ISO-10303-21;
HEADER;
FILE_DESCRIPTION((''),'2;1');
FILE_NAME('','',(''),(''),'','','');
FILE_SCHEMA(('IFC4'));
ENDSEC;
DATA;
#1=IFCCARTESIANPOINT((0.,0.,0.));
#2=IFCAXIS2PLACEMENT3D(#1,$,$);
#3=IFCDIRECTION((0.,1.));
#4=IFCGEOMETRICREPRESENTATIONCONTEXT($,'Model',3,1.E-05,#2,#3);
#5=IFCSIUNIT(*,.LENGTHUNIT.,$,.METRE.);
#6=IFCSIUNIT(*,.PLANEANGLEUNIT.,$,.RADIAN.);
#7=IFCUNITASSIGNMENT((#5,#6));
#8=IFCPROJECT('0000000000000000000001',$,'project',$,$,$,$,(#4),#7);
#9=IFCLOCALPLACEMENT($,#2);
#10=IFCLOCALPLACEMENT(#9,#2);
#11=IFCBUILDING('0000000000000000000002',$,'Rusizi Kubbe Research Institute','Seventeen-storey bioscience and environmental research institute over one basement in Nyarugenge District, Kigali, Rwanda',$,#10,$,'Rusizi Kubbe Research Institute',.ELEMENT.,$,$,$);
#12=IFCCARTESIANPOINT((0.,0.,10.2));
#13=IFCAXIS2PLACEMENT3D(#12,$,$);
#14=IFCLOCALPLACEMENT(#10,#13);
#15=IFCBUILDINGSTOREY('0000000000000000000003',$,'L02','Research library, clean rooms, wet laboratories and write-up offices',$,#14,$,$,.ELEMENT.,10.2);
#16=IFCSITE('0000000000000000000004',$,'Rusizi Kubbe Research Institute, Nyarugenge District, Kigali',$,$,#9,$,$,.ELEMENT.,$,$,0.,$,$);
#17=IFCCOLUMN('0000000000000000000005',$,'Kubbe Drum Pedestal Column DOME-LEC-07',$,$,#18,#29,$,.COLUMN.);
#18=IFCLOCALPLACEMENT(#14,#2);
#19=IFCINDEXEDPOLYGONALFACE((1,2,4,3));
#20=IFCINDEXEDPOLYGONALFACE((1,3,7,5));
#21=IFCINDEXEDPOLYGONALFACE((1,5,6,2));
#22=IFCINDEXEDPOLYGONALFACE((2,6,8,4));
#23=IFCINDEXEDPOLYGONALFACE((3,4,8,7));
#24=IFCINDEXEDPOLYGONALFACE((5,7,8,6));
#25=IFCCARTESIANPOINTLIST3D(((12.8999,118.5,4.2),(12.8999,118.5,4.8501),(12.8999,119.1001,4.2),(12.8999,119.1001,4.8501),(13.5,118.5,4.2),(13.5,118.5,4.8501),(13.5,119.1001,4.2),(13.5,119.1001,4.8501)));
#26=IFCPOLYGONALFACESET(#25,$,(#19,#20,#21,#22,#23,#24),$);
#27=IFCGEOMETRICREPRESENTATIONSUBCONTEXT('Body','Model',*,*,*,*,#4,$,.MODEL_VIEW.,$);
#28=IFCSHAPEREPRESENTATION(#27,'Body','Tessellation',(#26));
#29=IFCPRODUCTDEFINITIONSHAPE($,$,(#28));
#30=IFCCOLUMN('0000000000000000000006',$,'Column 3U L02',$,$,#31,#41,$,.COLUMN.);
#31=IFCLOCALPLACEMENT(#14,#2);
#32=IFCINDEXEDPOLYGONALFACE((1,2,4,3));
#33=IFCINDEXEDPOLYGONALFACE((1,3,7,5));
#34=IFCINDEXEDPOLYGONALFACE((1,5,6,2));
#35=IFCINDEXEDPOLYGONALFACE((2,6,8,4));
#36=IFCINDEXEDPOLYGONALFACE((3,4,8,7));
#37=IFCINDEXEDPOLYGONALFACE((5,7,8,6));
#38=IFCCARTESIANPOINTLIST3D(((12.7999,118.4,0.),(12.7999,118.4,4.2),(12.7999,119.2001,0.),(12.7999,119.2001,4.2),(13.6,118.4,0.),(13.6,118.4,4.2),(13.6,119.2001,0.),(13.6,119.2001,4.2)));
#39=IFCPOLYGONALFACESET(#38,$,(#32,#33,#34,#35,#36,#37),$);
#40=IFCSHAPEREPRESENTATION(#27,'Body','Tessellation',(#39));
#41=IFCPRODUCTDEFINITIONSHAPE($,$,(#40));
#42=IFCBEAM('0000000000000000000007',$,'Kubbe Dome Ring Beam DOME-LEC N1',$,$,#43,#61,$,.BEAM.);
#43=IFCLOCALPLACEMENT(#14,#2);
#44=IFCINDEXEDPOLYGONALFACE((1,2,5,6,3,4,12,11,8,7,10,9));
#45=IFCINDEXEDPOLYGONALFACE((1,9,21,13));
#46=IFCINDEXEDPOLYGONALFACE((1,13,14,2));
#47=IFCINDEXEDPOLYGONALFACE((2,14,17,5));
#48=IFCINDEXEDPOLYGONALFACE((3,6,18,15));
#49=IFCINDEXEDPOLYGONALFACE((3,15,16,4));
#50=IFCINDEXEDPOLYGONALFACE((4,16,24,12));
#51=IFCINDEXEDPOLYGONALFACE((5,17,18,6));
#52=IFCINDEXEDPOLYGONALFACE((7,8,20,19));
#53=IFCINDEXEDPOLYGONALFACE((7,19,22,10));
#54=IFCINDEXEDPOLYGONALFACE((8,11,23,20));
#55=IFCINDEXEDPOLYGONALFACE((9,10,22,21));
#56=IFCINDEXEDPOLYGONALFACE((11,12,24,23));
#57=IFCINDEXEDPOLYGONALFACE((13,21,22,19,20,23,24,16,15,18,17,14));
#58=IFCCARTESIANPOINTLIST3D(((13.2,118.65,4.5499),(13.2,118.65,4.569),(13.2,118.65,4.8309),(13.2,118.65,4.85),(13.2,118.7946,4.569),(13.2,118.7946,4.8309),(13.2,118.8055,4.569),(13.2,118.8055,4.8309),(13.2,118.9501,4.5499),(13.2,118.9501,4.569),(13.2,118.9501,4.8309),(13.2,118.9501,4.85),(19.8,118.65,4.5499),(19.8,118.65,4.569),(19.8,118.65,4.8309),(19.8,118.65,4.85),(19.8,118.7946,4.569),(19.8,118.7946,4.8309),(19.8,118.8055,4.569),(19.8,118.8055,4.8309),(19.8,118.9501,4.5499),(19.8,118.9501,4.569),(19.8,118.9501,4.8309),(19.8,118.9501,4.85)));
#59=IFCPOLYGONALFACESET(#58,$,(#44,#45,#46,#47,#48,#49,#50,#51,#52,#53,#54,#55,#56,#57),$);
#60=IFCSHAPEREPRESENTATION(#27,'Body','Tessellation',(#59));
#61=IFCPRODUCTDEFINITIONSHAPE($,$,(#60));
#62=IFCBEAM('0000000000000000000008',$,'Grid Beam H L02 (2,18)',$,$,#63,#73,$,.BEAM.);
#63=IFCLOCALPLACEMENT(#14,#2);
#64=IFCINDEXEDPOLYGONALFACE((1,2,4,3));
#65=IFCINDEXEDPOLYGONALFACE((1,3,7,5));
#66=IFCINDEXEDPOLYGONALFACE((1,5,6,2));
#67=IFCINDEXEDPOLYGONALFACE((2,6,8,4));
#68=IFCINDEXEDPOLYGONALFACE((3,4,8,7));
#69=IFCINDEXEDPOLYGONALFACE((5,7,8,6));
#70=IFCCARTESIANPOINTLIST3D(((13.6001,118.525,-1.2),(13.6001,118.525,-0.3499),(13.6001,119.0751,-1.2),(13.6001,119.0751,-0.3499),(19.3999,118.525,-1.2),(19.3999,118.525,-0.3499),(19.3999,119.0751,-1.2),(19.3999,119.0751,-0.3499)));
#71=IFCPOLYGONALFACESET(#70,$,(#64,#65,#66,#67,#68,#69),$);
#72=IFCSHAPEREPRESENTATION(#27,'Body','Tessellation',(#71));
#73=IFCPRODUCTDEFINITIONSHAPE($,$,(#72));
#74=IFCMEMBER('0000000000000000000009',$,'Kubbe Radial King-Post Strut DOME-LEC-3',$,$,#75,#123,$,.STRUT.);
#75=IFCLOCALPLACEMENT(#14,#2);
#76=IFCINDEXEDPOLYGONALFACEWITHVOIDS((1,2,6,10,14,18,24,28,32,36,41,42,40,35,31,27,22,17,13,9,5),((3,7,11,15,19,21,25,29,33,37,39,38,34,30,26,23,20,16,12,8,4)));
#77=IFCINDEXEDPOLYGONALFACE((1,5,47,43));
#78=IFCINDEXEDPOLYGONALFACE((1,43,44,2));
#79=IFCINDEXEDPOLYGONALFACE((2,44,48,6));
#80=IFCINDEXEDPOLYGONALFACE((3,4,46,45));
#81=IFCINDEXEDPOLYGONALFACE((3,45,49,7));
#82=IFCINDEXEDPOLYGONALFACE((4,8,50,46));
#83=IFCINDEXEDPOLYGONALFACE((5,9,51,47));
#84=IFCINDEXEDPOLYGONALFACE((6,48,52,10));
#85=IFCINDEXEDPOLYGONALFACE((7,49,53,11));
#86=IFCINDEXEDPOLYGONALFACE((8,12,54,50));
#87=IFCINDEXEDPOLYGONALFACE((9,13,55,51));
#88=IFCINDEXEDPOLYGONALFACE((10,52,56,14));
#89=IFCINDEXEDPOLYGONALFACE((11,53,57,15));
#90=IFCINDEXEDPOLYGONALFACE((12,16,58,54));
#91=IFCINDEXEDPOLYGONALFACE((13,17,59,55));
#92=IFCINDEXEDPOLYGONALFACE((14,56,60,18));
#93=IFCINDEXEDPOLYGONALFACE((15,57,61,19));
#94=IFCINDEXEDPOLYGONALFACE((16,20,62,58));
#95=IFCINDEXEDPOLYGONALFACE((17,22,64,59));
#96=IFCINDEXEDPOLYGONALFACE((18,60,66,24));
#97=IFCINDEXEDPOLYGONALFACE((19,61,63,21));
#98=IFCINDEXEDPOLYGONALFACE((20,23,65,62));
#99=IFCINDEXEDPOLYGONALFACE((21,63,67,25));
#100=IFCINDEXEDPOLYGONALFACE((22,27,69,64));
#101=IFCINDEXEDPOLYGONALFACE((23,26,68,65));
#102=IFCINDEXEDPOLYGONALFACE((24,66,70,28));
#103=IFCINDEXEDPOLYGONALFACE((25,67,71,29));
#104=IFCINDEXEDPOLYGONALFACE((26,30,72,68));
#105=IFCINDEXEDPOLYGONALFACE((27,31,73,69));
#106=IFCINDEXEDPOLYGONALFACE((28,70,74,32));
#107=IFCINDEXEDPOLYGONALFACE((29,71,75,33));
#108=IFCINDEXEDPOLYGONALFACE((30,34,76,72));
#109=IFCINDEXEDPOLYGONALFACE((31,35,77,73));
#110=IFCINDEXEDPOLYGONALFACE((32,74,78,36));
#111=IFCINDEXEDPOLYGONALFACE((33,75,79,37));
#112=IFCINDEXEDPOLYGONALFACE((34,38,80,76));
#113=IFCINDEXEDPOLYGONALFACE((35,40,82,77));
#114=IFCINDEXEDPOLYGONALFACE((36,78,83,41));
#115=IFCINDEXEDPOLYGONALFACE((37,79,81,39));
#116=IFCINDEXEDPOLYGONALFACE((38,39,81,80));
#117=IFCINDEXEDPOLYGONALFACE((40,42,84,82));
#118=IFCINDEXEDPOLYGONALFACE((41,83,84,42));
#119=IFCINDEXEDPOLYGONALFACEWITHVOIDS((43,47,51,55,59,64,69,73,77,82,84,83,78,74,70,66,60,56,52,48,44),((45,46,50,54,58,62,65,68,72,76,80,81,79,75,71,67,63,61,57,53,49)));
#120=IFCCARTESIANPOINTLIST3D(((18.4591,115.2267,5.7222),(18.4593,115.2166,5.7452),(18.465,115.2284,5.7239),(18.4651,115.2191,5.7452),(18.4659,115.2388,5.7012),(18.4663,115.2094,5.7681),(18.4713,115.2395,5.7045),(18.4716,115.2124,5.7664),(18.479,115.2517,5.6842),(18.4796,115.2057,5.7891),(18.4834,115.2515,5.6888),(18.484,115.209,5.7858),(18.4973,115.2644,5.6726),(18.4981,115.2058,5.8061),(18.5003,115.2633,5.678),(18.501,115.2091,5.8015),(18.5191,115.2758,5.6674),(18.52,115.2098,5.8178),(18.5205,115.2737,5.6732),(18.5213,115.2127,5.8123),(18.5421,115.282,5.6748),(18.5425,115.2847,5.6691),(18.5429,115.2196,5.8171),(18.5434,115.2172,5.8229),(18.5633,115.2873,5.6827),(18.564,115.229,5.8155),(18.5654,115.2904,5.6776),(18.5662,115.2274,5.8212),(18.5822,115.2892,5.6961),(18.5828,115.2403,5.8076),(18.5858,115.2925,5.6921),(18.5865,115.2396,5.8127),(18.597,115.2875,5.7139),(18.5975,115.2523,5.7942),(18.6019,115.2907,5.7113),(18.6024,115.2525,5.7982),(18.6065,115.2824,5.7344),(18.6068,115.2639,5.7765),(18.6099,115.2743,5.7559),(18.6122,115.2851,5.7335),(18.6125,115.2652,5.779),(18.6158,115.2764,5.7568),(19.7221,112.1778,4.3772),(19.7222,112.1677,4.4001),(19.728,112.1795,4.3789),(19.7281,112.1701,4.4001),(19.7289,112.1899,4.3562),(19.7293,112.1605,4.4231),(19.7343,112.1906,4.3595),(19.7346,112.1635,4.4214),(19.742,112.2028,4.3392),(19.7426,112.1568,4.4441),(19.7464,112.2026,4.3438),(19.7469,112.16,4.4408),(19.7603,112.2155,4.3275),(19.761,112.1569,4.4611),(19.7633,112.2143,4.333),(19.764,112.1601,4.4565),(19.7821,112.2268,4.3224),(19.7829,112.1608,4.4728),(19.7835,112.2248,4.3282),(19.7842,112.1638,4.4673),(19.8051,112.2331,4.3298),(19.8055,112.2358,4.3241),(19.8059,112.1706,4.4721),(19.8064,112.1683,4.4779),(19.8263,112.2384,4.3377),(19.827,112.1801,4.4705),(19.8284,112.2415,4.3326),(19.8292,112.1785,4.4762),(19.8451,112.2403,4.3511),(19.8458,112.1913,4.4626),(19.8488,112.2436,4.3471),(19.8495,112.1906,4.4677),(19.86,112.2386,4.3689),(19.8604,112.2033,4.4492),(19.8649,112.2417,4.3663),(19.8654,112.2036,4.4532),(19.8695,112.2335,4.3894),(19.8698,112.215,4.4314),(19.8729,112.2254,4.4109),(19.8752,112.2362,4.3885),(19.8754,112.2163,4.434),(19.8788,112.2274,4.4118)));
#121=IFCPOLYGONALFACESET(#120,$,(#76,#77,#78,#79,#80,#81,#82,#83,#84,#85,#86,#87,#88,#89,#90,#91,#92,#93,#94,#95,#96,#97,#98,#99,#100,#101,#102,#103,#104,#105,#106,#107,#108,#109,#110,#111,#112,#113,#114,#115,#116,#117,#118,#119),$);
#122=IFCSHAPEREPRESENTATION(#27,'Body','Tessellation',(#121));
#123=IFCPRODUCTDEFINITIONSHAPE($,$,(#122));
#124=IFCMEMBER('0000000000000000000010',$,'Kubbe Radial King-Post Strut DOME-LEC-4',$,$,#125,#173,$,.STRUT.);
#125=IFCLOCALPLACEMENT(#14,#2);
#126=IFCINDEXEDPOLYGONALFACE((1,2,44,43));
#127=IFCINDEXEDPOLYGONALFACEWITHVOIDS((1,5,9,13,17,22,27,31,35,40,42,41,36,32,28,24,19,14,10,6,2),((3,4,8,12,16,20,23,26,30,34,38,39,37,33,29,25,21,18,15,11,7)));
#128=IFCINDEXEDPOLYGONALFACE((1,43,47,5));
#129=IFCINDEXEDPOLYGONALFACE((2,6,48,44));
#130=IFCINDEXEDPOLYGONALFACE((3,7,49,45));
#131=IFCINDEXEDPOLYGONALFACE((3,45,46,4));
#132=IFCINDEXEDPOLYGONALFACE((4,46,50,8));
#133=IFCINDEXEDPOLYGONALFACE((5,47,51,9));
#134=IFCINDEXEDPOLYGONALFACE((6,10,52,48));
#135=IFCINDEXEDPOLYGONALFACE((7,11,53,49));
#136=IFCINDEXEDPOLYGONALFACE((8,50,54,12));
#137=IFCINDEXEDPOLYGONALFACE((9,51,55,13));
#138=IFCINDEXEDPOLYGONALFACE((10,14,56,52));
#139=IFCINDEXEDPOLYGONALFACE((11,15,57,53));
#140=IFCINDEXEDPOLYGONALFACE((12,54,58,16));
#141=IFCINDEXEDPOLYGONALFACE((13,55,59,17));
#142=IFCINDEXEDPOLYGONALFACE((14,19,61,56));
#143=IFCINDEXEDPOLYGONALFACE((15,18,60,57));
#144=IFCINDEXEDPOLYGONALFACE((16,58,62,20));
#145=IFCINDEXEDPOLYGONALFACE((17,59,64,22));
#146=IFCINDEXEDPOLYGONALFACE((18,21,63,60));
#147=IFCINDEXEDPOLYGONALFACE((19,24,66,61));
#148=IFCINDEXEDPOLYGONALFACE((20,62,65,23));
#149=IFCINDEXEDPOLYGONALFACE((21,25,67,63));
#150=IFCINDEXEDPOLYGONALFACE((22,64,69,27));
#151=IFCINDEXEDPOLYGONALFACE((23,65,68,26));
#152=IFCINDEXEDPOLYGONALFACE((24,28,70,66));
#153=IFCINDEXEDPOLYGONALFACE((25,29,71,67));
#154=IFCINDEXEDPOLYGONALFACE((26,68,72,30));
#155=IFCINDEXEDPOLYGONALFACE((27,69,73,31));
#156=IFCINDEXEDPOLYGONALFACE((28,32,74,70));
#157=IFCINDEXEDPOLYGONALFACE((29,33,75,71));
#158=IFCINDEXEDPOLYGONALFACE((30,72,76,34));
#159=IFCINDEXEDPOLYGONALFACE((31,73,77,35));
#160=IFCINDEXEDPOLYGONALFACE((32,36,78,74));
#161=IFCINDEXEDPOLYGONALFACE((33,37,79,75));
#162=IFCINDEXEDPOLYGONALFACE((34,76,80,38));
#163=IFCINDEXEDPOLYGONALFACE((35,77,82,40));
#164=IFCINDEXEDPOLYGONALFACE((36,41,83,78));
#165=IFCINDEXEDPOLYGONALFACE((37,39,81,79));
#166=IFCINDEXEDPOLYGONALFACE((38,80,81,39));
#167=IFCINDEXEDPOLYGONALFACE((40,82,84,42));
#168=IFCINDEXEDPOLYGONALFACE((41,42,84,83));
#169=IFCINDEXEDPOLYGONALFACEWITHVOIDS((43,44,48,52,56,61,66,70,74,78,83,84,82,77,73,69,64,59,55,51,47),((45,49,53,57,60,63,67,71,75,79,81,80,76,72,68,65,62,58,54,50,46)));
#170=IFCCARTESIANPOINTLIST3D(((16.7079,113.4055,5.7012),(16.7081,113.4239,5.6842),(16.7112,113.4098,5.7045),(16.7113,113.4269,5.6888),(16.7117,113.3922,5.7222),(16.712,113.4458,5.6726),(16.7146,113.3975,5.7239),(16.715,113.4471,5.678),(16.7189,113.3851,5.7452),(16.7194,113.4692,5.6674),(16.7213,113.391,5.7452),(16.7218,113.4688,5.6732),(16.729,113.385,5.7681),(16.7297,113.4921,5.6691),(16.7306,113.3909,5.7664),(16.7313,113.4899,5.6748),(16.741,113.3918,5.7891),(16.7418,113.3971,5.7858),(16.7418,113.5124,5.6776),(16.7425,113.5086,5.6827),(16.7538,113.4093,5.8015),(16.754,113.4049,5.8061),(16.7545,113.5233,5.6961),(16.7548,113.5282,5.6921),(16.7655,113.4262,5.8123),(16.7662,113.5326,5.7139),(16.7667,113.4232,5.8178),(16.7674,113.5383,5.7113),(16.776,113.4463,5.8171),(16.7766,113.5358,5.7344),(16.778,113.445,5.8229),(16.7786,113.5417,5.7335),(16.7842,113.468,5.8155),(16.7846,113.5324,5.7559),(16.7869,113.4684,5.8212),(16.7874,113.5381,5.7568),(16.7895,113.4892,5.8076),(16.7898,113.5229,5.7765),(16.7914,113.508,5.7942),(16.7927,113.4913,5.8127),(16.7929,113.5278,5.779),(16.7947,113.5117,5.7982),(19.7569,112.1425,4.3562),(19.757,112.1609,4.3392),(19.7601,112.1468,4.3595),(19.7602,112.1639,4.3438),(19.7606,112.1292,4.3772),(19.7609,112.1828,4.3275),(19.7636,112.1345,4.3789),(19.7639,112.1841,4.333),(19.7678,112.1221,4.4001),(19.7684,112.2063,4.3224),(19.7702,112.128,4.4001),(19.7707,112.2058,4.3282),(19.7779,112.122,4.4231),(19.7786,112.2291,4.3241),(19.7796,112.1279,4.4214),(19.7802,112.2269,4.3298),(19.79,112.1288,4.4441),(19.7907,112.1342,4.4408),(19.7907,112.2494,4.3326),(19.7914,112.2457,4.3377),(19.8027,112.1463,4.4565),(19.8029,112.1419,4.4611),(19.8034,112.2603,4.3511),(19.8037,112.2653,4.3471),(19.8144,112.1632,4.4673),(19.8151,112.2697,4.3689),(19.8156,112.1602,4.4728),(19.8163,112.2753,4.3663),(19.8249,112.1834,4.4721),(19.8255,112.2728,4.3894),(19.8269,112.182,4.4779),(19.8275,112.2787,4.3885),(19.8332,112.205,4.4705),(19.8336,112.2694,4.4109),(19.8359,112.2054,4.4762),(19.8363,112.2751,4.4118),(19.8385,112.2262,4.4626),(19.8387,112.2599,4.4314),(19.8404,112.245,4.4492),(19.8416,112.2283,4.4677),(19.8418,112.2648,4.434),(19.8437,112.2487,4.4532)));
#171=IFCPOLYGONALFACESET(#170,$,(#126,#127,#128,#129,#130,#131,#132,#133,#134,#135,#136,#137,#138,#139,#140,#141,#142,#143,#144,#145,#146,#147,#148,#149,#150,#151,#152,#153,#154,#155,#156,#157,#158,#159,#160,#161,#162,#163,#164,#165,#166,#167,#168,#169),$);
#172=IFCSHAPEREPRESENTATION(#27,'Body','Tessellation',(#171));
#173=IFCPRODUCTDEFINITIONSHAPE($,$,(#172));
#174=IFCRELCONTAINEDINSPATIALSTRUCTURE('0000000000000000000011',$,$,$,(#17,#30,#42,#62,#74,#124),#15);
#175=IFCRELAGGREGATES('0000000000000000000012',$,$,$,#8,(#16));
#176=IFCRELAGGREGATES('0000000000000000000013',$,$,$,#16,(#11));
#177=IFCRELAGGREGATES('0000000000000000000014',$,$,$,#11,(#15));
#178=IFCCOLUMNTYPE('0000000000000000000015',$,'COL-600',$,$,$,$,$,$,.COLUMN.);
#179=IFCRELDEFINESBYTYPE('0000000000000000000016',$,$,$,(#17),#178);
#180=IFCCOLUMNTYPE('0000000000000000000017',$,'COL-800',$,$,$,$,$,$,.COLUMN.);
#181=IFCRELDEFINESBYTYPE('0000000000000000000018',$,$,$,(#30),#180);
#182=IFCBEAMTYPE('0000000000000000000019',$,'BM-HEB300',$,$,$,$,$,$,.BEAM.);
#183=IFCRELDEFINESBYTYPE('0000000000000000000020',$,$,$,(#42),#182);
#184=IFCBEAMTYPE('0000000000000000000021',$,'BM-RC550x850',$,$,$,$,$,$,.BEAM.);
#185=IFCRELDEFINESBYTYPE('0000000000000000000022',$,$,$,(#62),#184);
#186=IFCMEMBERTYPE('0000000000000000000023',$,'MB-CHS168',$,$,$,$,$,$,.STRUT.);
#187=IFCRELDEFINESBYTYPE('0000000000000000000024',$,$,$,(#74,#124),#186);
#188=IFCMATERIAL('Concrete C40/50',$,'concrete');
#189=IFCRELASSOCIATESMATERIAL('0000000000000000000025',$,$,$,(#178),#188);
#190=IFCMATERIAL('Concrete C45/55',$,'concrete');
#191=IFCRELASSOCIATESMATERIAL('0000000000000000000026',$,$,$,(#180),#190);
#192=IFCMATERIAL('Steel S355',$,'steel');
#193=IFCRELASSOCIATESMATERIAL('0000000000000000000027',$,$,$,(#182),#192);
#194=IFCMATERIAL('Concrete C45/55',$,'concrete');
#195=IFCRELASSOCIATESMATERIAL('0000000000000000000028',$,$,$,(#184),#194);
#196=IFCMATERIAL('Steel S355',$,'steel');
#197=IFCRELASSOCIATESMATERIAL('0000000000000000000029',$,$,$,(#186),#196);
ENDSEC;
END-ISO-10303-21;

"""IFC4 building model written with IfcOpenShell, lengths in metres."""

from ifc_helpers import new_model, si_unit, direction, frame, origin, origin_2d, place, context, subcontext, project, spatial, rectangle, hollow_circle, i_section, extrude, material, material_profile, profile_set, type_object, element, save


model = new_model("IFC4")

# Units and contexts
model_context = context("Model", 3, precision=1e-05, world=origin(), true_north=direction((0.0, 1.0)))
body_context = subcontext(model_context, "Body", "Model", "MODEL_VIEW")
ifc_project = project(units=[si_unit("LENGTHUNIT", "METRE"), si_unit("PLANEANGLEUNIT", "RADIAN")], contexts=[model_context])

# Site, building, storey
site_placement = place(None, origin())
site = spatial("IfcSite", under=ifc_project, at=site_placement, Name="Rusizi Kubbe Research Institute, Nyarugenge District, Kigali", CompositionType="ELEMENT", RefElevation=0.0)
building_placement = place(site_placement, origin())
building = spatial("IfcBuilding", under=site, at=building_placement, Name="Rusizi Kubbe Research Institute", Description="Seventeen-storey bioscience and environmental research institute over one basement in Nyarugenge District, Kigali, Rwanda", LongName="Rusizi Kubbe Research Institute", CompositionType="ELEMENT")
storey_placement = place(building_placement, frame((0.0, 0.0, 10.2)))
storey = spatial("IfcBuildingStorey", under=building, at=storey_placement, Name="L02", Description="Research library, clean rooms, wet laboratories and write-up offices", CompositionType="ELEMENT", Elevation=10.2)

# Columns
ifc_material_1 = material(Name="Concrete C40/50", Category="concrete")
ifc_material_profile_1 = material_profile(ifc_material_1, rectangle(XDim=0.6001, YDim=0.6001, at=origin_2d()), Name="RC600x600")
ifc_profile_set_1 = profile_set([ifc_material_profile_1], Name="Concrete C40/50")
column_type_1 = type_object("IfcColumnType", Name="COL-600", PredefinedType="COLUMN", material=ifc_profile_set_1)
column_1_placement = place(storey_placement, frame((13.2, 118.8, 4.2), z_axis=(0.0, 0.0, 1.0), x_axis=(1.0, 0.0, 0.0)))
element("IfcColumn", 1, at=column_1_placement, inside=storey, type_object=column_type_1, Name="Kubbe Drum Pedestal Column DOME-LEC-07", PredefinedType="COLUMN", context=body_context, shape_type="SweptSolid", body=[
    extrude(rectangle(XDim=0.6001, YDim=0.6001, at=origin_2d()), origin(), (0.0, 0.0, 1.0), 0.6501),
])
ifc_material_2 = material(Name="Concrete C45/55", Category="concrete")
ifc_material_profile_2 = material_profile(ifc_material_2, rectangle(XDim=0.8, YDim=0.8, at=origin_2d()), Name="RC800x800")
ifc_profile_set_2 = profile_set([ifc_material_profile_2], Name="Concrete C45/55")
column_type_2 = type_object("IfcColumnType", Name="COL-800", PredefinedType="COLUMN", material=ifc_profile_set_2)
column_2_placement = place(storey_placement, frame((13.2, 118.8, 0.0), z_axis=(0.0, 0.0, 1.0), x_axis=(1.0, 0.0, 0.0)))
element("IfcColumn", 2, at=column_2_placement, inside=storey, type_object=column_type_2, Name="Column 3U L02", PredefinedType="COLUMN", context=body_context, shape_type="SweptSolid", body=[
    extrude(rectangle(XDim=0.8, YDim=0.8, at=origin_2d()), origin(), (0.0, 0.0, 1.0), 4.2),
])

# Beams
ifc_material_3 = material(Name="Steel S355", Category="steel")
ifc_material_profile_3 = material_profile(ifc_material_3, i_section(OverallWidth=0.3, OverallDepth=0.3, WebThickness=0.011, FlangeThickness=0.019, at=origin_2d()), Name="HEB 300")
ifc_profile_set_3 = profile_set([ifc_material_profile_3], Name="Steel S355")
beam_type_1 = type_object("IfcBeamType", Name="BM-HEB300", PredefinedType="BEAM", material=ifc_profile_set_3)
beam_1_placement = place(storey_placement, frame((13.2, 118.8, 4.7), z_axis=(1.0, 0.0, 0.0), x_axis=(0.0, 1.0, 0.0)))
element("IfcBeam", 3, at=beam_1_placement, inside=storey, type_object=beam_type_1, Name="Kubbe Dome Ring Beam DOME-LEC N1", PredefinedType="BEAM", context=body_context, shape_type="SweptSolid", body=[
    extrude(i_section(OverallWidth=0.3, OverallDepth=0.3, WebThickness=0.011, FlangeThickness=0.019, at=origin_2d()), origin(), (0.0, 0.0, 1.0), 6.6001),
])
ifc_material_4 = material(Name="Concrete C45/55", Category="concrete")
ifc_material_profile_4 = material_profile(ifc_material_4, rectangle(XDim=0.55, YDim=0.8501, at=origin_2d()), Name="RC550x850")
ifc_profile_set_4 = profile_set([ifc_material_profile_4], Name="Concrete C45/55")
beam_type_2 = type_object("IfcBeamType", Name="BM-RC550x850", PredefinedType="BEAM", material=ifc_profile_set_4)
beam_2_placement = place(storey_placement, frame((13.6001, 118.8, -0.7749), z_axis=(1.0, 0.0, 0.0), x_axis=(0.0, 1.0, 0.0)))
element("IfcBeam", 4, at=beam_2_placement, inside=storey, type_object=beam_type_2, Name="Grid Beam H L02 (2,18)", PredefinedType="BEAM", context=body_context, shape_type="SweptSolid", body=[
    extrude(rectangle(XDim=0.55, YDim=0.8501, at=origin_2d()), origin(), (0.0, 0.0, 1.0), 5.7998),
])

# Members
ifc_material_5 = material(Name="Steel S355", Category="steel")
ifc_material_profile_5 = material_profile(ifc_material_5, hollow_circle(Radius=0.0842, WallThickness=0.0063, at=origin_2d()), Name="CHS 168.3x6.3")
ifc_profile_set_5 = profile_set([ifc_material_profile_5], Name="Steel S355")
member_type_1 = type_object("IfcMemberType", Name="MB-CHS168", PredefinedType="STRUT", material=ifc_profile_set_5)
for number, where, z_axis, x_axis, name in (
    (5, (19.8, 112.2, 4.4001), (-0.354399, 0.855545, 0.377418), (-0.923872, -0.382702, 0.0), "Kubbe Radial King-Post Strut DOME-LEC-3"),
    (6, (19.8, 112.2, 4.4001), (-0.855545, 0.354399, 0.377418), (-0.382702, -0.923872, 0.0), "Kubbe Radial King-Post Strut DOME-LEC-4"),
):
    element("IfcMember", number, at=place(storey_placement, frame(where, z_axis=z_axis, x_axis=x_axis)), inside=storey, type_object=member_type_1, Name=name, PredefinedType="STRUT", context=body_context, shape_type="SweptSolid", body=[
        extrude(hollow_circle(Radius=0.0842, WallThickness=0.0063, at=origin_2d()), origin(), (0.0, 0.0, 1.0), 3.5637),
    ])

save(model, "model.ifc")
